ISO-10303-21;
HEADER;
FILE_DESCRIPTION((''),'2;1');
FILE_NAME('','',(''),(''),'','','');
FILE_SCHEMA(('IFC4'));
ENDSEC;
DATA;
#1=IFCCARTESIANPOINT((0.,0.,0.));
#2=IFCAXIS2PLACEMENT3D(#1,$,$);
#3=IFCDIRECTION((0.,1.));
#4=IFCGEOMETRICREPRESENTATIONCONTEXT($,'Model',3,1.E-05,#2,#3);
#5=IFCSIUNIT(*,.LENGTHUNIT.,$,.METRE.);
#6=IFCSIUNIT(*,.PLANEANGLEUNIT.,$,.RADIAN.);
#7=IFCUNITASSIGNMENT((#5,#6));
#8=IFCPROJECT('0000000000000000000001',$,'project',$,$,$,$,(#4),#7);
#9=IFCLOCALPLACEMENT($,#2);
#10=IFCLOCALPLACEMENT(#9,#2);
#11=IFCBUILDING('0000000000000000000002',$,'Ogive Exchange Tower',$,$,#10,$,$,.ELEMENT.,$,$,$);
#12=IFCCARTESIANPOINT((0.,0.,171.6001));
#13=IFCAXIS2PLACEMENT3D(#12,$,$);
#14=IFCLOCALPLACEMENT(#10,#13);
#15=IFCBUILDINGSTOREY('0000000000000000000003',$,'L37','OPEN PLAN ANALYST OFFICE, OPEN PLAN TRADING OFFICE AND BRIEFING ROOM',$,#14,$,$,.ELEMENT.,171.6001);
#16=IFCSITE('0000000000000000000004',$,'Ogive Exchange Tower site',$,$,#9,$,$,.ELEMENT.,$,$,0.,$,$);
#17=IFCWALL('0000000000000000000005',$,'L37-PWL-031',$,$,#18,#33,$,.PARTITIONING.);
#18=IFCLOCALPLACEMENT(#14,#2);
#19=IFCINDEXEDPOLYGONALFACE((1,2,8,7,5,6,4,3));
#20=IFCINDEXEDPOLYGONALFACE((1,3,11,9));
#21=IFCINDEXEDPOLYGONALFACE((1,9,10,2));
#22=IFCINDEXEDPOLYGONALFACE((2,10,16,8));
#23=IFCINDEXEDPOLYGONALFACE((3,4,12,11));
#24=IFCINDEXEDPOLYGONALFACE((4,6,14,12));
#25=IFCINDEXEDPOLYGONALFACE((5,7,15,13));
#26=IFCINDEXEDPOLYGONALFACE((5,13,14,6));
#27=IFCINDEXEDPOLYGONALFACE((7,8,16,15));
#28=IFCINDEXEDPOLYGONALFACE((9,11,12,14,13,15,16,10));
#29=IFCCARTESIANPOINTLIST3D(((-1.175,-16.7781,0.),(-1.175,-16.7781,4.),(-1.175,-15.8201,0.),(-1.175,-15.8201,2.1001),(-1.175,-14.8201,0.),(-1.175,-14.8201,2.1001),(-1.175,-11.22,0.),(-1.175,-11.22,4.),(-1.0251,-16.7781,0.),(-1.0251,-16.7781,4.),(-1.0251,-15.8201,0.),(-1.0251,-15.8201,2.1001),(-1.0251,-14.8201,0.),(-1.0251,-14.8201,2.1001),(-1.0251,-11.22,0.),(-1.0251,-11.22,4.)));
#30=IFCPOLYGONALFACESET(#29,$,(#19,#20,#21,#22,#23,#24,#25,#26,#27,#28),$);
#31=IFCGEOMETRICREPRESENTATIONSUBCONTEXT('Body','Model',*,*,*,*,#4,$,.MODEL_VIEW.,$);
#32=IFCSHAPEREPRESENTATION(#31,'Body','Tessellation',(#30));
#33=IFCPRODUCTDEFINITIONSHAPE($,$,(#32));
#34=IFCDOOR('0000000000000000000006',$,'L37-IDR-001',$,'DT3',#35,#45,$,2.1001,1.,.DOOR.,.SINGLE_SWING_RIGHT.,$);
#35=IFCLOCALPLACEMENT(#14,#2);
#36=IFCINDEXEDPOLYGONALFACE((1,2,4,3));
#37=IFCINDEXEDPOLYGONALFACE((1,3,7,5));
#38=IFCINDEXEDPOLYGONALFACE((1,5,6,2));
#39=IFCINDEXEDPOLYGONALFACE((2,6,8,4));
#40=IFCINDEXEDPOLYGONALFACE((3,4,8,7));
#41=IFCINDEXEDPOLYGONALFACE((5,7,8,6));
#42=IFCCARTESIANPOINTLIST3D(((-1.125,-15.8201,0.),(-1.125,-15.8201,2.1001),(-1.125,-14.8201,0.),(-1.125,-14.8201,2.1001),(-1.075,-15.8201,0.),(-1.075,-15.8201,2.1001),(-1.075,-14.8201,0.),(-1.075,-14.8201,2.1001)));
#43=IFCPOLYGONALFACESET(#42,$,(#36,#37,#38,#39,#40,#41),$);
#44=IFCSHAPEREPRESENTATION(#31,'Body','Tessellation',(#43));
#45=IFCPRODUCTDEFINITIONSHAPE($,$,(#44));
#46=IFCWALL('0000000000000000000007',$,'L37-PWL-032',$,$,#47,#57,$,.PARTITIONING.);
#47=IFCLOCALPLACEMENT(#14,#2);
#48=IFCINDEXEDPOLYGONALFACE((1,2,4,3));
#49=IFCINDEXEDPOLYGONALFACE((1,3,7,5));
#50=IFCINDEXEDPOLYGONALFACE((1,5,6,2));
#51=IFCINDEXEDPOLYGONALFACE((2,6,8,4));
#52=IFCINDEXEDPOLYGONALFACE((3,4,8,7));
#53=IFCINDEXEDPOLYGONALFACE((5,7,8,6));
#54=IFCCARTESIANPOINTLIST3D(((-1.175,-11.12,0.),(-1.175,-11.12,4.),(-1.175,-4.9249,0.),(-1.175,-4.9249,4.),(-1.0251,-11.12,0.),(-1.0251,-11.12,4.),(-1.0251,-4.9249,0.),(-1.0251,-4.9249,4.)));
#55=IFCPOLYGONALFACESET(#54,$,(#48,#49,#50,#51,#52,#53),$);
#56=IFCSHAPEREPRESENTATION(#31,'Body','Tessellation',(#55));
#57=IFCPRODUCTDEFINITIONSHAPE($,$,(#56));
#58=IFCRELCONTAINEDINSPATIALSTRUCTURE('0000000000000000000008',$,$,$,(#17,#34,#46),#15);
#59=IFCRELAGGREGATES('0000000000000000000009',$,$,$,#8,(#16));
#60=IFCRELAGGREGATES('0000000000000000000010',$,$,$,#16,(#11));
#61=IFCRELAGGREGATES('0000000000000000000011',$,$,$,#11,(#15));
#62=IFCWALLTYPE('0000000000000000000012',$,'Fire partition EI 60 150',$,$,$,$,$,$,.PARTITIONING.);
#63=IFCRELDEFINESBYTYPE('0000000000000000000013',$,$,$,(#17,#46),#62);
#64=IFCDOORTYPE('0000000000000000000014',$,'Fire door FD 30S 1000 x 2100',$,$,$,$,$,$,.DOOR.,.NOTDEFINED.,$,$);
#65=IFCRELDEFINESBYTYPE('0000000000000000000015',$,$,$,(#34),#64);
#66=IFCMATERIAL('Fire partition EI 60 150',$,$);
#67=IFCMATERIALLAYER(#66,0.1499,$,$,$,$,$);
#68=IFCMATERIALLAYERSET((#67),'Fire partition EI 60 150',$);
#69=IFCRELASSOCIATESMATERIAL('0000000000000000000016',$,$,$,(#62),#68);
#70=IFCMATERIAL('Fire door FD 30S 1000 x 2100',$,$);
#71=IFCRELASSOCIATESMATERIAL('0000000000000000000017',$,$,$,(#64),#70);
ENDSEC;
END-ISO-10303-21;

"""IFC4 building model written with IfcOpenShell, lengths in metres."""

from ifc_helpers import new_model, si_unit, direction, frame, frame_2d, origin, place, context, subcontext, project, spatial, rectangle, extrude, material, layer, layer_set, type_object, element, fill, save


model = new_model("IFC4")

# Units and contexts
model_context = context("Model", 3, precision=1e-05, world=origin(), true_north=direction((0.0, 1.0)))
body_context = subcontext(model_context, "Body", "Model", "MODEL_VIEW")
ifc_project = project(units=[si_unit("LENGTHUNIT", "METRE"), si_unit("PLANEANGLEUNIT", "RADIAN")], contexts=[model_context])

# Site, building, storey
site_placement = place(None, origin())
site = spatial("IfcSite", under=ifc_project, at=site_placement, Name="Ogive Exchange Tower site", CompositionType="ELEMENT", RefElevation=0.0)
building_placement = place(site_placement, origin())
building = spatial("IfcBuilding", under=site, at=building_placement, Name="Ogive Exchange Tower", CompositionType="ELEMENT")
storey_placement = place(building_placement, frame((0.0, 0.0, 171.6001)))
storey = spatial("IfcBuildingStorey", under=building, at=storey_placement, Name="L37", Description="OPEN PLAN ANALYST OFFICE, OPEN PLAN TRADING OFFICE AND BRIEFING ROOM", CompositionType="ELEMENT", Elevation=171.6001)

# Wall, opening, door
ifc_material_1 = material(Name="Fire partition EI 60 150")
ifc_layer_1 = layer(ifc_material_1, 0.1499)
ifc_layer_set_1 = layer_set([ifc_layer_1], Name="Fire partition EI 60 150")
wall_type_1 = type_object("IfcWallType", Name="Fire partition EI 60 150", PredefinedType="PARTITIONING", material=ifc_layer_set_1)
ifc_material_2 = material(Name="Fire door FD 30S 1000 x 2100")
door_type_1 = type_object("IfcDoorType", Name="Fire door FD 30S 1000 x 2100", OperationType="NOTDEFINED", PredefinedType="DOOR", material=ifc_material_2)
wall_1_placement = place(storey_placement, frame((-1.1001, -16.7781, 0.0), z_axis=(0.0, 0.0, 1.0), x_axis=(0.0, 1.0, 0.0)))
wall_1 = element("IfcWall", 1, at=wall_1_placement, inside=storey, type_object=wall_type_1, Name="L37-PWL-031", PredefinedType="PARTITIONING", context=body_context, shape_type="SweptSolid", body=[
    extrude(rectangle(XDim=5.5581, YDim=0.1499, at=frame_2d((2.7791, 0.0))), origin(), (0.0, 0.0, 1.0), 4.0),
])
opening_1_placement = place(wall_1_placement, frame((0.958, 0.0, 0.0)))
opening_1 = element("IfcOpeningElement", 2, at=opening_1_placement, cuts=wall_1, PredefinedType="OPENING", context=body_context, shape_type="SweptSolid", body=[
    extrude(rectangle(XDim=1.0, YDim=2.1001, at=frame_2d((0.5, 1.05))), frame((0.0, 0.085, 0.0), z_axis=(0.0, -1.0, 0.0), x_axis=(1.0, 0.0, 0.0)), (0.0, 0.0, 1.0), 0.1699),
])
door_1_placement = place(opening_1_placement, origin())
door_1 = element("IfcDoor", 3, at=door_1_placement, inside=storey, type_object=door_type_1, Name="L37-IDR-001", ObjectType="DT3", OperationType="SINGLE_SWING_RIGHT", OverallHeight=2.1001, OverallWidth=1.0, PredefinedType="DOOR", context=body_context, shape_type="SweptSolid", body=[
    extrude(rectangle(XDim=1.0, YDim=2.1001, at=frame_2d((0.5, 1.05))), frame((0.0, 0.0249, 0.0), z_axis=(0.0, -1.0, 0.0), x_axis=(1.0, 0.0, 0.0)), (0.0, 0.0, 1.0), 0.05),
])
fill(opening_1, door_1)

# Wall
wall_2_placement = place(storey_placement, frame((-1.1001, -11.1201, 0.0), z_axis=(0.0, 0.0, 1.0), x_axis=(0.0, 1.0, 0.0)))
element("IfcWall", 4, at=wall_2_placement, inside=storey, type_object=wall_type_1, Name="L37-PWL-032", PredefinedType="PARTITIONING", context=body_context, shape_type="SweptSolid", body=[
    extrude(rectangle(XDim=6.1951, YDim=0.1499, at=frame_2d((3.0977, 0.0))), origin(), (0.0, 0.0, 1.0), 4.0),
])

save(model, "model.ifc")
